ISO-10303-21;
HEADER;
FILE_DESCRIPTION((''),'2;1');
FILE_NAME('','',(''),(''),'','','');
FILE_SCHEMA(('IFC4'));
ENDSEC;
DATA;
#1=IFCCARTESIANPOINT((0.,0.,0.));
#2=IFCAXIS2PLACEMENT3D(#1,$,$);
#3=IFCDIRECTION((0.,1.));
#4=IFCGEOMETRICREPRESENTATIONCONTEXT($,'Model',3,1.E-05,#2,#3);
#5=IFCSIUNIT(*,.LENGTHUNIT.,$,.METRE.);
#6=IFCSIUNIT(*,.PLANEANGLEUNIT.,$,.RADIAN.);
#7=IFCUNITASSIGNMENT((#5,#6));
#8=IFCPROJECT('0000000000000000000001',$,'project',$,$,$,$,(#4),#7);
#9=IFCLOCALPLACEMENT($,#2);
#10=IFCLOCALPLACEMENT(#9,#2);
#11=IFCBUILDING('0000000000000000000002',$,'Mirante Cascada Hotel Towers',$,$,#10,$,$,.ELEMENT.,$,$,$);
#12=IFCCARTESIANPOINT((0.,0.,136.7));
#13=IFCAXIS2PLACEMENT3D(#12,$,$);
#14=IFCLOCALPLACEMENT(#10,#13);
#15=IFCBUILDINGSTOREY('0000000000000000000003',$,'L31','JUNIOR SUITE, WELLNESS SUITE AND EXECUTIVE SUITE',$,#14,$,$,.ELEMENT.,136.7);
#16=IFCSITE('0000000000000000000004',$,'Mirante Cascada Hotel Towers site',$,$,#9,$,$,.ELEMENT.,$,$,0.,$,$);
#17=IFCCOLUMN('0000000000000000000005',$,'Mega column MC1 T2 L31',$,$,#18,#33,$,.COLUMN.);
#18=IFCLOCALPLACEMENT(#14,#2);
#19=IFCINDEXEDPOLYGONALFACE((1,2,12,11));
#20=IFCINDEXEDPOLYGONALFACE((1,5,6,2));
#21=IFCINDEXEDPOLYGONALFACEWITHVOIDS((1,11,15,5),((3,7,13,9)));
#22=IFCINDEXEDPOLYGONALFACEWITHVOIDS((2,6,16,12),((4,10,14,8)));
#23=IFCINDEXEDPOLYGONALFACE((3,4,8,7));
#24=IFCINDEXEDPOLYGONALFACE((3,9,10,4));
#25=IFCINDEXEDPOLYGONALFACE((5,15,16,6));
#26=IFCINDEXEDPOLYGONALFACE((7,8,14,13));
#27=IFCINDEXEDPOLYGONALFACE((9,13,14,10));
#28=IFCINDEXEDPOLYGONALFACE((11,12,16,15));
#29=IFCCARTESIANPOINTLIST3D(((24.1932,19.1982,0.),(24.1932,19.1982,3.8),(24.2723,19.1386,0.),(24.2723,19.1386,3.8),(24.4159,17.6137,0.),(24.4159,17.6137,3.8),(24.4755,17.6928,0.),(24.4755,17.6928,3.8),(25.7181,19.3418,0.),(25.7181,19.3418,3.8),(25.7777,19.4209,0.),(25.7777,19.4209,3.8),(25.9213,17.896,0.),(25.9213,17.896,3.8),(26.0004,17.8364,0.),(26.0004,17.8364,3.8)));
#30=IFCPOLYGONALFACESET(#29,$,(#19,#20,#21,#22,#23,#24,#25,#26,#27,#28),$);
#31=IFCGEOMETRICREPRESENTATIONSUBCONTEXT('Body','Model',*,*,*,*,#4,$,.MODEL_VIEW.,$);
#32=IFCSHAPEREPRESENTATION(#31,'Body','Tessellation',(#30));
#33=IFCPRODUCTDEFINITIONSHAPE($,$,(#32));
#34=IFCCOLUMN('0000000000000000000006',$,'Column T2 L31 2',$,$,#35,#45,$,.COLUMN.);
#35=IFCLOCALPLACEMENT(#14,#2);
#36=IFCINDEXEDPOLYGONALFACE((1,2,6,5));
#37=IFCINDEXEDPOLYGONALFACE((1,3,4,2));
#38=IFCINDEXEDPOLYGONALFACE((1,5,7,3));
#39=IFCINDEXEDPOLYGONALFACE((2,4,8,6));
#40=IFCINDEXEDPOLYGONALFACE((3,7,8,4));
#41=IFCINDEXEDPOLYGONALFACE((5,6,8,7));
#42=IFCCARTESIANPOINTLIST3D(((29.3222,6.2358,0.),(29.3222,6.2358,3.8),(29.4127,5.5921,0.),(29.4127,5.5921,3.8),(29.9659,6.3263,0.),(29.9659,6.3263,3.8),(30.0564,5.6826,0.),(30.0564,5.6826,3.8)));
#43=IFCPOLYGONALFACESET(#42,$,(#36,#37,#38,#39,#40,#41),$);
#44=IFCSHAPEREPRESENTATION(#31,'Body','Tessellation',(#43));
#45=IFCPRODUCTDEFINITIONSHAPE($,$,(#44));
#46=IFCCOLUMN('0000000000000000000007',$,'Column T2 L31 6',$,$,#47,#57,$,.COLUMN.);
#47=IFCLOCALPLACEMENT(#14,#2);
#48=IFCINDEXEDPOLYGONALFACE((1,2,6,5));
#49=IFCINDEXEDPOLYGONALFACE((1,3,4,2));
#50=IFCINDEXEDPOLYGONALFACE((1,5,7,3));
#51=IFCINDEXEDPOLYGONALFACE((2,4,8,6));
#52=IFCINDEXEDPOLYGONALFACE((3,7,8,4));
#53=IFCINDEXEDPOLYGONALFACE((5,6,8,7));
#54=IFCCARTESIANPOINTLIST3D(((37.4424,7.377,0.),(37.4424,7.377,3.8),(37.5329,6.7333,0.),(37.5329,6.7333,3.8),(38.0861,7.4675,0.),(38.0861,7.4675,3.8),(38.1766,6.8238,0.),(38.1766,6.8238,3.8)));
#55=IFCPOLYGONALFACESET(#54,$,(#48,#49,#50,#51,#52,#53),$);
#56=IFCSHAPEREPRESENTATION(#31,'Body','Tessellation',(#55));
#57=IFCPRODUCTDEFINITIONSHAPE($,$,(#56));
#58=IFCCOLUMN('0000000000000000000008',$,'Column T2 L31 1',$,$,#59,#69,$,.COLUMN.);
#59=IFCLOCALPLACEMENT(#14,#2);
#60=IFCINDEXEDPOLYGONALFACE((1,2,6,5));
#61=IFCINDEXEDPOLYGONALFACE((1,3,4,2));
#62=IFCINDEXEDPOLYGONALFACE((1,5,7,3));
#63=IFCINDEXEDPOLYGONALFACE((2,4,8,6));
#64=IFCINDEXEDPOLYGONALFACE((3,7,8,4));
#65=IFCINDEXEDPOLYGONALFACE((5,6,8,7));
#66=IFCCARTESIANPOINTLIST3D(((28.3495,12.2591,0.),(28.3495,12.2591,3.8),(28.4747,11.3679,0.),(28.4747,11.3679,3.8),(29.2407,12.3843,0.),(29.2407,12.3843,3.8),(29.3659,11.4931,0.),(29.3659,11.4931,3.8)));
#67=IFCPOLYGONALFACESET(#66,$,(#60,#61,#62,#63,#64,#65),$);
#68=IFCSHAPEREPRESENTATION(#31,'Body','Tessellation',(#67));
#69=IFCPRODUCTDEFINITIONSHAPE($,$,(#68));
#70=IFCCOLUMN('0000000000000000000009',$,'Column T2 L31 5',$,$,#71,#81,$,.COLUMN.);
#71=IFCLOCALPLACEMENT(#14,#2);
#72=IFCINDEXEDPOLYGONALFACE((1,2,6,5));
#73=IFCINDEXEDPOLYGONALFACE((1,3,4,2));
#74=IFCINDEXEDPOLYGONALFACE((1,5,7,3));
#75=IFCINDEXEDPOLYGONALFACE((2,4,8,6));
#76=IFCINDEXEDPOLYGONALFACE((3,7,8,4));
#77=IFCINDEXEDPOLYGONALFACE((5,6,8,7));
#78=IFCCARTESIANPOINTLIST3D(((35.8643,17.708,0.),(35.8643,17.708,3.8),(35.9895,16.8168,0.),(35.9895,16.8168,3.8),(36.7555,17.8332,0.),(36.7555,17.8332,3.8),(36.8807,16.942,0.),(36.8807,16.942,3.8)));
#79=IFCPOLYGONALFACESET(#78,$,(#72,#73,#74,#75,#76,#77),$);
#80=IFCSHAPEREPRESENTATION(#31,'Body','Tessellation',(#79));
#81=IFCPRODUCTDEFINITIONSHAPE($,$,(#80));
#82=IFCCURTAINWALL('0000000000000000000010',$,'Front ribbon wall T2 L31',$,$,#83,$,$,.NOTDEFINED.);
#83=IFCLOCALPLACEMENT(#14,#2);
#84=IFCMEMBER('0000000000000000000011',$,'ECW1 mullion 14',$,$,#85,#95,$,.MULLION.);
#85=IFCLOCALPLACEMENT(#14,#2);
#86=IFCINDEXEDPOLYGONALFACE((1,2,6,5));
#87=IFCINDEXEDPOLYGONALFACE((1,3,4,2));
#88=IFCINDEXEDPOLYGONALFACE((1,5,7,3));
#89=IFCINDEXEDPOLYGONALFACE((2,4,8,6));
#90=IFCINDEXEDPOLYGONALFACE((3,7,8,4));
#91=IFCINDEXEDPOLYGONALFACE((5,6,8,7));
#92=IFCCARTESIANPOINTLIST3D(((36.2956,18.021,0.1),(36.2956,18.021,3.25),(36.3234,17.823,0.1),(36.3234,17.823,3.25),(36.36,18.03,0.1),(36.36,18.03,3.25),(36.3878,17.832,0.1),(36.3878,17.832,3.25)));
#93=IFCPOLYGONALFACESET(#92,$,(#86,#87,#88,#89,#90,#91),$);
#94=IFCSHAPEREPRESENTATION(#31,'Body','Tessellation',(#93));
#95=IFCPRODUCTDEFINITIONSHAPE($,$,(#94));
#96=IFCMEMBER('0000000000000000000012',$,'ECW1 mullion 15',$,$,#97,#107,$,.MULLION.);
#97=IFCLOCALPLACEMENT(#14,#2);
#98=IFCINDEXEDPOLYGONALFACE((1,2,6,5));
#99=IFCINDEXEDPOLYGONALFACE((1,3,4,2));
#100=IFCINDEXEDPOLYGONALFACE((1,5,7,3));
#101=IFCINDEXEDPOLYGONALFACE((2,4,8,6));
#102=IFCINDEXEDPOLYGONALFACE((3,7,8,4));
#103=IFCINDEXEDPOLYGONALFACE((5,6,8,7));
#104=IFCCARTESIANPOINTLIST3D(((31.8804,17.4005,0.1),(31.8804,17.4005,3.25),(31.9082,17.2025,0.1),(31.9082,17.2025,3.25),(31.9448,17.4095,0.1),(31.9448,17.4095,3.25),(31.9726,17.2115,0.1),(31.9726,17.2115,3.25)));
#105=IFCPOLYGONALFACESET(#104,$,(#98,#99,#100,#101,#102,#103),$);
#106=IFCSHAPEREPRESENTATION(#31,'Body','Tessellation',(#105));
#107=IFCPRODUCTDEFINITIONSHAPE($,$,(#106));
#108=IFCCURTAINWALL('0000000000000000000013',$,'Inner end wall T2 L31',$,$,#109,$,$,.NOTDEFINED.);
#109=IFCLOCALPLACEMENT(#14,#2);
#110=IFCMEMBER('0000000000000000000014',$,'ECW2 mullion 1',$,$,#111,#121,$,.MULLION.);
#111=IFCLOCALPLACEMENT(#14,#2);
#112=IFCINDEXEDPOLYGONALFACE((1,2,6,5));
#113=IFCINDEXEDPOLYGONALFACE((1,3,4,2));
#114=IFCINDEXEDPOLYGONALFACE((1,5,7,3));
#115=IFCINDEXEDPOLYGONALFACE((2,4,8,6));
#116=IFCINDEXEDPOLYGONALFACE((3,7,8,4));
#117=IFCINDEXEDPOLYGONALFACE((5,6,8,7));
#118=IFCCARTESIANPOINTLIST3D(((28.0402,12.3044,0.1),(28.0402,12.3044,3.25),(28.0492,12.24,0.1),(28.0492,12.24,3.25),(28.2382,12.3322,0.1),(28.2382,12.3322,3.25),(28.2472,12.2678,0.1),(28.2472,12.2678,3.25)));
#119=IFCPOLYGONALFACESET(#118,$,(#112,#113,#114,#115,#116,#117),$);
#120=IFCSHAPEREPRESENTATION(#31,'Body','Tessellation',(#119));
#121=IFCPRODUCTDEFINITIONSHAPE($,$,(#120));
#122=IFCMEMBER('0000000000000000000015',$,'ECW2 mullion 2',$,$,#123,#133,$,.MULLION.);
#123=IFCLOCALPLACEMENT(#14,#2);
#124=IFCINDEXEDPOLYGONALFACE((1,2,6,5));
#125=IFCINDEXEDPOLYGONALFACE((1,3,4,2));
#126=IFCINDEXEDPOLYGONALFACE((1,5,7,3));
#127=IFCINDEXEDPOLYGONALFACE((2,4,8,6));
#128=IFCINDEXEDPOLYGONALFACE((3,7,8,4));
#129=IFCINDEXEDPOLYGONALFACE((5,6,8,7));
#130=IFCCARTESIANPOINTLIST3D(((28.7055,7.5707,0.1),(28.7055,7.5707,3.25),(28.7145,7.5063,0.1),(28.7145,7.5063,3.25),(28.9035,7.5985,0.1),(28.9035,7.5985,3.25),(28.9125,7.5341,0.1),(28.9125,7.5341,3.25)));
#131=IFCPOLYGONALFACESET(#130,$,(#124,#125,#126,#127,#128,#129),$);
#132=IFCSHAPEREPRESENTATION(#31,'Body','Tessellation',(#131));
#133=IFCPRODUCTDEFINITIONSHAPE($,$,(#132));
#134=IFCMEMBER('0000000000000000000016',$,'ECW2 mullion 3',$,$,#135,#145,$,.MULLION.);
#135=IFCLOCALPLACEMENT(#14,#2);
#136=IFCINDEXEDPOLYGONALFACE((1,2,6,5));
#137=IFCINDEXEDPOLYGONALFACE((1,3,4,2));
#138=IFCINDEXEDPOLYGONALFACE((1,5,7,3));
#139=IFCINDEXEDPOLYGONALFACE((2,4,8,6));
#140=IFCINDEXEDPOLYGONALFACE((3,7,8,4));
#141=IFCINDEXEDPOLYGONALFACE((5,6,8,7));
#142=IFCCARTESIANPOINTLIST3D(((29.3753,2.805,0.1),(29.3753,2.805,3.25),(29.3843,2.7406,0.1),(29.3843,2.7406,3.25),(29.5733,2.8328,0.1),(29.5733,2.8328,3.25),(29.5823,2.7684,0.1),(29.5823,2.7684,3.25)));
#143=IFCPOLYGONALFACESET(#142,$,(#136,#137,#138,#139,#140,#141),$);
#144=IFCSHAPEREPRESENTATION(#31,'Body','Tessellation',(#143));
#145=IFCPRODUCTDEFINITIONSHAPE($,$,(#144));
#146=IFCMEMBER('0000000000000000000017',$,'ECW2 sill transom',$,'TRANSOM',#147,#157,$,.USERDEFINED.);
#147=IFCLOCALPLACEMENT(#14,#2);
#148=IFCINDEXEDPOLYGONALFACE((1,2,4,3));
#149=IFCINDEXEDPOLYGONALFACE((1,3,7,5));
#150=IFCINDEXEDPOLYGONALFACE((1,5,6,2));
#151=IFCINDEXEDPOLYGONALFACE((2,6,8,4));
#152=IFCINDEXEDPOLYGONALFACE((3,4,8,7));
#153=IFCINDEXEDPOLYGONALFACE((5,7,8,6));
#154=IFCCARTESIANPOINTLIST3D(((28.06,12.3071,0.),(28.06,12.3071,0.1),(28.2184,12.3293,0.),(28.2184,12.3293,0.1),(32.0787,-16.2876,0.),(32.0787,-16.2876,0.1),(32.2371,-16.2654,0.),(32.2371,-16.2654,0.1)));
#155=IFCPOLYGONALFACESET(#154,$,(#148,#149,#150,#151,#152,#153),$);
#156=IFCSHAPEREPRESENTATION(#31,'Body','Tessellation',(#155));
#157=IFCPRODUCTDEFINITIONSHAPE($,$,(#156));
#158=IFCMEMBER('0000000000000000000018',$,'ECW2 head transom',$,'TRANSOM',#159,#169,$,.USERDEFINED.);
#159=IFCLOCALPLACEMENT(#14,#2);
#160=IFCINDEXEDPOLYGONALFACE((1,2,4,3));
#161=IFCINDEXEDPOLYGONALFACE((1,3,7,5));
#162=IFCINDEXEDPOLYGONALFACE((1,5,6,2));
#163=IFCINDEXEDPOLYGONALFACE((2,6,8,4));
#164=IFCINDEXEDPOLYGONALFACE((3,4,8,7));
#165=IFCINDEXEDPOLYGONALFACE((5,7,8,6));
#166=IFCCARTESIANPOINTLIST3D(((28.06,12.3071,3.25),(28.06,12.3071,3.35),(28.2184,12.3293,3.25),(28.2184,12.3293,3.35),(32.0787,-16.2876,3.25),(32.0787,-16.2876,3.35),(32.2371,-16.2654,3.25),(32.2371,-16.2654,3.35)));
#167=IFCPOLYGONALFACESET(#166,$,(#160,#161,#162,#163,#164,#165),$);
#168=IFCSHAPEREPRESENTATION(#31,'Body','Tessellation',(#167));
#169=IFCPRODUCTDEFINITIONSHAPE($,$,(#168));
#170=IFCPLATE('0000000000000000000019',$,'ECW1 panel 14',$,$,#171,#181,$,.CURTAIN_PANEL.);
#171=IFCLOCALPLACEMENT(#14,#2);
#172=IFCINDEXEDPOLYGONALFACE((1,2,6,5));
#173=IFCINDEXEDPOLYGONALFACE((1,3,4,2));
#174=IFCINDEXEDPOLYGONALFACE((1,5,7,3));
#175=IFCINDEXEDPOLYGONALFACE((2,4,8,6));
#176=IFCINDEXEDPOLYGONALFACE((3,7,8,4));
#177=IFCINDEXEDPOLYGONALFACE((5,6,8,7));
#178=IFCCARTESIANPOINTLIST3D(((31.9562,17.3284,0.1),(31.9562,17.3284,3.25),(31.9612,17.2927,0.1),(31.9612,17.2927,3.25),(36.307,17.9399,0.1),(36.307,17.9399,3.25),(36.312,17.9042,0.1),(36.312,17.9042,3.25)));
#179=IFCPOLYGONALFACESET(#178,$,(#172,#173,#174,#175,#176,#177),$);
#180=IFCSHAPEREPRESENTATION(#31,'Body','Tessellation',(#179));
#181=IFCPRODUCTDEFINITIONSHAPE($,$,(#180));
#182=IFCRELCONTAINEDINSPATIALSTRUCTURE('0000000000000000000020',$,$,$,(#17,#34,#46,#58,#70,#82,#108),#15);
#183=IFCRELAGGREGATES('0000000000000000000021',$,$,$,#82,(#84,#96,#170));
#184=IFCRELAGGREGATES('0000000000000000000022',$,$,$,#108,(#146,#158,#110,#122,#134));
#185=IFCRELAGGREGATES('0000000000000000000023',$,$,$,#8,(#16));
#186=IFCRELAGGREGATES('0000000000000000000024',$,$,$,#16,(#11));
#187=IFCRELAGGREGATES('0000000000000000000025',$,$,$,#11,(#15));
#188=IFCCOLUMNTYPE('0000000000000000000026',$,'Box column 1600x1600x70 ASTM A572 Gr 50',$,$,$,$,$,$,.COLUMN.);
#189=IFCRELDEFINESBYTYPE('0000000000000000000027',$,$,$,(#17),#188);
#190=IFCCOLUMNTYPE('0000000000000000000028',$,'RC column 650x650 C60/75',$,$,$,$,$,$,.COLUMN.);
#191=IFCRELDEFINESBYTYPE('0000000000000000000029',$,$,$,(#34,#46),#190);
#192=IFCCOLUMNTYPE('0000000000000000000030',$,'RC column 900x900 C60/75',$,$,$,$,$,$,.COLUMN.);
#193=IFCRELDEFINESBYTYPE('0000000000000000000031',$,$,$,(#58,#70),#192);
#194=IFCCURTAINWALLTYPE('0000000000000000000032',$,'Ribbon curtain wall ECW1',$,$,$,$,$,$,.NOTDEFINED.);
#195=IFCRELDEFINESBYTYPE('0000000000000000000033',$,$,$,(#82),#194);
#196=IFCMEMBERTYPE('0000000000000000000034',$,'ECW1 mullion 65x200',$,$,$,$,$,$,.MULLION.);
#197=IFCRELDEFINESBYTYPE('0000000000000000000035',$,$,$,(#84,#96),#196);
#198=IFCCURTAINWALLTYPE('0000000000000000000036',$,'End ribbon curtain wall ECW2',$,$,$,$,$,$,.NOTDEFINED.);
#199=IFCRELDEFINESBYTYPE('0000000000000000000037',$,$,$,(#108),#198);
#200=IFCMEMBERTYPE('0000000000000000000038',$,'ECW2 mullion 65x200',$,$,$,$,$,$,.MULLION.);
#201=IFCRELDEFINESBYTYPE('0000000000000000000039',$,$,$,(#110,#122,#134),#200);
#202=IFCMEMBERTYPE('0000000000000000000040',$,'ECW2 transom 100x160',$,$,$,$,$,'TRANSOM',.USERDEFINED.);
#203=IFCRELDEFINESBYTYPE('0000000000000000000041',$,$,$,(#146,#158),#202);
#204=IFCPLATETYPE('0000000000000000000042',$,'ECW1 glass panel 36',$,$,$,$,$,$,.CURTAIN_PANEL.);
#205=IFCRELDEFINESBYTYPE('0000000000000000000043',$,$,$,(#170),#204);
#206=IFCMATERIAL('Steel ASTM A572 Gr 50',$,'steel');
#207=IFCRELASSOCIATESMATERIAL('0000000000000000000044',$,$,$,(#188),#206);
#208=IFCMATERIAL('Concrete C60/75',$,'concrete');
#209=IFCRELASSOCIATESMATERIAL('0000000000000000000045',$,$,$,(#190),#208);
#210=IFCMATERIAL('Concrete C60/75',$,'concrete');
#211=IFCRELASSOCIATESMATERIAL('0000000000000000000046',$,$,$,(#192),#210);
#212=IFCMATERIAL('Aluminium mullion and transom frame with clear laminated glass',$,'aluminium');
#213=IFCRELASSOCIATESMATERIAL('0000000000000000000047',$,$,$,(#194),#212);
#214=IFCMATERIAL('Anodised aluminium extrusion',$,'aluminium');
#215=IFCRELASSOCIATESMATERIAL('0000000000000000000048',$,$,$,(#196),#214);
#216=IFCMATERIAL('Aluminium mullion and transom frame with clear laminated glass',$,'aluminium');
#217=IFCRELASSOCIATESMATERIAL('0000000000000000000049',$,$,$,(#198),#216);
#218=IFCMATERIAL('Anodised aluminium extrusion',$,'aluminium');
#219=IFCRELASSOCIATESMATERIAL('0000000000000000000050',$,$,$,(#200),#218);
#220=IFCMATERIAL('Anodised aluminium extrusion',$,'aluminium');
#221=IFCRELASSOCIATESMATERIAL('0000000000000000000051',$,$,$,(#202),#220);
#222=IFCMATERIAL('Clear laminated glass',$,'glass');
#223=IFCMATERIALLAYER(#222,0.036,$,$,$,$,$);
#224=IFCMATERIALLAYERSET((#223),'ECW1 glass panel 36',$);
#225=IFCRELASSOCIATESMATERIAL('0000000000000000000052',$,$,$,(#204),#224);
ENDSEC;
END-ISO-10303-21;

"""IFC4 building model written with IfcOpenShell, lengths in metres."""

from ifc_helpers import new_model, si_unit, direction, frame, origin, origin_2d, place, context, subcontext, project, spatial, rectangle, hollow_rectangle, extrude, material, layer, layer_set, material_profile, profile_set, type_object, element, aggregate, save


model = new_model("IFC4")

# Units and contexts
model_context = context("Model", 3, precision=1e-05, world=origin(), true_north=direction((0.0, 1.0)))
body_context = subcontext(model_context, "Body", "Model", "MODEL_VIEW")
ifc_project = project(units=[si_unit("LENGTHUNIT", "METRE"), si_unit("PLANEANGLEUNIT", "RADIAN")], contexts=[model_context])

# Site, building, storey
site_placement = place(None, origin())
site = spatial("IfcSite", under=ifc_project, at=site_placement, Name="Mirante Cascada Hotel Towers site", CompositionType="ELEMENT", RefElevation=0.0)
building_placement = place(site_placement, origin())
building = spatial("IfcBuilding", under=site, at=building_placement, Name="Mirante Cascada Hotel Towers", CompositionType="ELEMENT")
storey_placement = place(building_placement, frame((0.0, 0.0, 136.7)))
storey = spatial("IfcBuildingStorey", under=building, at=storey_placement, Name="L31", Description="JUNIOR SUITE, WELLNESS SUITE AND EXECUTIVE SUITE", CompositionType="ELEMENT", Elevation=136.7)

# Columns
ifc_material_1 = material(Name="Steel ASTM A572 Gr 50", Category="steel")
ifc_material_profile_1 = material_profile(ifc_material_1, hollow_rectangle(XDim=1.6, YDim=1.6, WallThickness=0.07, at=origin_2d()), Name="Box column 1600x1600x70 ASTM A572 Gr 50")
ifc_profile_set_1 = profile_set([ifc_material_profile_1], Name="Steel ASTM A572 Gr 50")
column_type_1 = type_object("IfcColumnType", Name="Box column 1600x1600x70 ASTM A572 Gr 50", PredefinedType="COLUMN", material=ifc_profile_set_1)
column_placement = place(storey_placement, frame((25.0968, 18.5173, 0.0), z_axis=(0.0, 0.0, 1.0), x_axis=(0.990268, 0.139173, 0.0)))
element("IfcColumn", 1, at=column_placement, inside=storey, type_object=column_type_1, Name="Mega column MC1 T2 L31", PredefinedType="COLUMN", context=body_context, shape_type="SweptSolid", body=[
    extrude(hollow_rectangle(XDim=1.6, YDim=1.6, WallThickness=0.07, at=origin_2d()), origin(), (0.0, 0.0, 1.0), 3.8),
])
ifc_material_2 = material(Name="Concrete C60/75", Category="concrete")
ifc_material_profile_2 = material_profile(ifc_material_2, rectangle(XDim=0.65, YDim=0.65, at=origin_2d()), Name="RC column 650x650 C60/75")
ifc_profile_set_2 = profile_set([ifc_material_profile_2], Name="Concrete C60/75")
column_type_2 = type_object("IfcColumnType", Name="RC column 650x650 C60/75", PredefinedType="COLUMN", material=ifc_profile_set_2)
for number, where, z_axis, x_axis, name in (
    (2, (29.6893, 5.9592, 0.0), (0.0, 0.0, 1.0), (0.990268, 0.139173, 0.0), "Column T2 L31 2"),
    (3, (37.8095, 7.1004, 0.0), (0.0, 0.0, 1.0), (0.990268, 0.139173, 0.0), "Column T2 L31 6"),
):
    element("IfcColumn", number, at=place(storey_placement, frame(where, z_axis=z_axis, x_axis=x_axis)), inside=storey, type_object=column_type_2, Name=name, PredefinedType="COLUMN", context=body_context, shape_type="SweptSolid", body=[
        extrude(rectangle(XDim=0.65, YDim=0.65, at=origin_2d()), origin(), (0.0, 0.0, 1.0), 3.8),
    ])
ifc_material_3 = material(Name="Concrete C60/75", Category="concrete")
ifc_material_profile_3 = material_profile(ifc_material_3, rectangle(XDim=0.9, YDim=0.9, at=origin_2d()), Name="RC column 900x900 C60/75")
ifc_profile_set_3 = profile_set([ifc_material_profile_3], Name="Concrete C60/75")
column_type_3 = type_object("IfcColumnType", Name="RC column 900x900 C60/75", PredefinedType="COLUMN", material=ifc_profile_set_3)
for number, where, z_axis, x_axis, name in (
    (4, (28.8577, 11.8761, 0.0), (0.0, 0.0, 1.0), (0.990268, 0.139173, 0.0), "Column T2 L31 1"),
    (5, (36.3725, 17.325, 0.0), (0.0, 0.0, 1.0), (0.990268, 0.139173, 0.0), "Column T2 L31 5"),
):
    element("IfcColumn", number, at=place(storey_placement, frame(where, z_axis=z_axis, x_axis=x_axis)), inside=storey, type_object=column_type_3, Name=name, PredefinedType="COLUMN", context=body_context, shape_type="SweptSolid", body=[
        extrude(rectangle(XDim=0.9, YDim=0.9, at=origin_2d()), origin(), (0.0, 0.0, 1.0), 3.8),
    ])

# Curtain walls, members
ifc_material_4 = material(Name="Aluminium mullion and transom frame with clear laminated glass", Category="aluminium")
curtain_wall_type_1 = type_object("IfcCurtainWallType", Name="Ribbon curtain wall ECW1", PredefinedType="NOTDEFINED", material=ifc_material_4)
curtain_wall_1_placement = place(storey_placement, origin())
curtain_wall_1 = element("IfcCurtainWall", 6, at=curtain_wall_1_placement, inside=storey, type_object=curtain_wall_type_1, Name="Front ribbon wall T2 L31", PredefinedType="NOTDEFINED")
ifc_material_5 = material(Name="Anodised aluminium extrusion", Category="aluminium")
ifc_material_profile_4 = material_profile(ifc_material_5, rectangle(XDim=0.2, YDim=0.065, at=origin_2d()), Name="ECW1 MULLION 65x200")
ifc_profile_set_4 = profile_set([ifc_material_profile_4], Name="Anodised aluminium extrusion")
member_type_1 = type_object("IfcMemberType", Name="ECW1 mullion 65x200", PredefinedType="MULLION", material=ifc_profile_set_4)
member_1_placement = place(storey_placement, frame((36.3417, 17.9265, 0.1), z_axis=(0.0, 0.0, 1.0), x_axis=(0.139173, -0.990268, 0.0)))
member_1 = element("IfcMember", 7, at=member_1_placement, type_object=member_type_1, Name="ECW1 mullion 14", PredefinedType="MULLION", context=body_context, shape_type="SweptSolid", body=[
    extrude(rectangle(XDim=0.2, YDim=0.065, at=origin_2d()), origin(), (0.0, 0.0, 1.0), 3.15),
])
member_2_placement = place(storey_placement, frame((31.9265, 17.306, 0.1), z_axis=(0.0, 0.0, 1.0), x_axis=(0.139173, -0.990268, 0.0)))
member_2 = element("IfcMember", 8, at=member_2_placement, type_object=member_type_1, Name="ECW1 mullion 15", PredefinedType="MULLION", context=body_context, shape_type="SweptSolid", body=[
    extrude(rectangle(XDim=0.2, YDim=0.065, at=origin_2d()), origin(), (0.0, 0.0, 1.0), 3.15),
])
ifc_material_6 = material(Name="Aluminium mullion and transom frame with clear laminated glass", Category="aluminium")
curtain_wall_type_2 = type_object("IfcCurtainWallType", Name="End ribbon curtain wall ECW2", PredefinedType="NOTDEFINED", material=ifc_material_6)
curtain_wall_2_placement = place(storey_placement, origin())
curtain_wall_2 = element("IfcCurtainWall", 9, at=curtain_wall_2_placement, inside=storey, type_object=curtain_wall_type_2, Name="Inner end wall T2 L31", PredefinedType="NOTDEFINED")
ifc_material_7 = material(Name="Anodised aluminium extrusion", Category="aluminium")
ifc_material_profile_5 = material_profile(ifc_material_7, rectangle(XDim=0.2, YDim=0.065, at=origin_2d()), Name="ECW2 MULLION 65x200")
ifc_profile_set_5 = profile_set([ifc_material_profile_5], Name="Anodised aluminium extrusion")
member_type_2 = type_object("IfcMemberType", Name="ECW2 mullion 65x200", PredefinedType="MULLION", material=ifc_profile_set_5)
member_3_placement = place(storey_placement, frame((28.1437, 12.2861, 0.1), z_axis=(0.0, 0.0, 1.0), x_axis=(0.990268, 0.139173, 0.0)))
member_3 = element("IfcMember", 10, at=member_3_placement, type_object=member_type_2, Name="ECW2 mullion 1", PredefinedType="MULLION", context=body_context, shape_type="SweptSolid", body=[
    extrude(rectangle(XDim=0.2, YDim=0.065, at=origin_2d()), origin(), (0.0, 0.0, 1.0), 3.15),
])
member_4_placement = place(storey_placement, frame((28.809, 7.5524, 0.1), z_axis=(0.0, 0.0, 1.0), x_axis=(0.990268, 0.139173, 0.0)))
member_4 = element("IfcMember", 11, at=member_4_placement, type_object=member_type_2, Name="ECW2 mullion 2", PredefinedType="MULLION", context=body_context, shape_type="SweptSolid", body=[
    extrude(rectangle(XDim=0.2, YDim=0.065, at=origin_2d()), origin(), (0.0, 0.0, 1.0), 3.15),
])
member_5_placement = place(storey_placement, frame((29.4788, 2.7867, 0.1), z_axis=(0.0, 0.0, 1.0), x_axis=(0.990268, 0.139173, 0.0)))
member_5 = element("IfcMember", 12, at=member_5_placement, type_object=member_type_2, Name="ECW2 mullion 3", PredefinedType="MULLION", context=body_context, shape_type="SweptSolid", body=[
    extrude(rectangle(XDim=0.2, YDim=0.065, at=origin_2d()), origin(), (0.0, 0.0, 1.0), 3.15),
])
ifc_material_8 = material(Name="Anodised aluminium extrusion", Category="aluminium")
ifc_material_profile_6 = material_profile(ifc_material_8, rectangle(XDim=0.16, YDim=0.1, at=origin_2d()), Name="ECW2 TRANSOM 100x160")
ifc_profile_set_6 = profile_set([ifc_material_profile_6], Name="Anodised aluminium extrusion")
member_type_3 = type_object("IfcMemberType", Name="ECW2 transom 100x160", ElementType="TRANSOM", PredefinedType="USERDEFINED", material=ifc_profile_set_6)
member_6_placement = place(storey_placement, frame((28.1392, 12.3182, 0.05), z_axis=(0.139172, -0.990268, 0.0), x_axis=(0.990268, 0.139172, 0.0)))
member_6 = element("IfcMember", 13, at=member_6_placement, type_object=member_type_3, Name="ECW2 sill transom", ObjectType="TRANSOM", PredefinedType="USERDEFINED", context=body_context, shape_type="SweptSolid", body=[
    extrude(rectangle(XDim=0.16, YDim=0.1, at=origin_2d()), origin(), (0.0, 0.0, 1.0), 28.8757),
])
member_7_placement = place(storey_placement, frame((28.1392, 12.3182, 3.3), z_axis=(0.139172, -0.990268, 0.0), x_axis=(0.990268, 0.139172, 0.0)))
member_7 = element("IfcMember", 14, at=member_7_placement, type_object=member_type_3, Name="ECW2 head transom", ObjectType="TRANSOM", PredefinedType="USERDEFINED", context=body_context, shape_type="SweptSolid", body=[
    extrude(rectangle(XDim=0.16, YDim=0.1, at=origin_2d()), origin(), (0.0, 0.0, 1.0), 28.8757),
])

# Plate
ifc_material_9 = material(Name="Clear laminated glass", Category="glass")
ifc_layer_1 = layer(ifc_material_9, 0.036)
ifc_layer_set_1 = layer_set([ifc_layer_1], Name="ECW1 glass panel 36")
plate_type_1 = type_object("IfcPlateType", Name="ECW1 glass panel 36", PredefinedType="CURTAIN_PANEL", material=ifc_layer_set_1)
plate_1_placement = place(storey_placement, frame((34.1341, 17.6163, 0.1), z_axis=(0.0, 0.0, 1.0), x_axis=(-0.990268, -0.139173, 0.0)))
plate_1 = element("IfcPlate", 15, at=plate_1_placement, type_object=plate_type_1, Name="ECW1 panel 14", PredefinedType="CURTAIN_PANEL", context=body_context, shape_type="SweptSolid", body=[
    extrude(rectangle(XDim=4.3936, YDim=0.036, at=origin_2d()), origin(), (0.0, 0.0, 1.0), 3.15),
])
aggregate(curtain_wall_1, [member_1, member_2, plate_1])
aggregate(curtain_wall_2, [member_6, member_7, member_3, member_4, member_5])

save(model, "model.ifc")
